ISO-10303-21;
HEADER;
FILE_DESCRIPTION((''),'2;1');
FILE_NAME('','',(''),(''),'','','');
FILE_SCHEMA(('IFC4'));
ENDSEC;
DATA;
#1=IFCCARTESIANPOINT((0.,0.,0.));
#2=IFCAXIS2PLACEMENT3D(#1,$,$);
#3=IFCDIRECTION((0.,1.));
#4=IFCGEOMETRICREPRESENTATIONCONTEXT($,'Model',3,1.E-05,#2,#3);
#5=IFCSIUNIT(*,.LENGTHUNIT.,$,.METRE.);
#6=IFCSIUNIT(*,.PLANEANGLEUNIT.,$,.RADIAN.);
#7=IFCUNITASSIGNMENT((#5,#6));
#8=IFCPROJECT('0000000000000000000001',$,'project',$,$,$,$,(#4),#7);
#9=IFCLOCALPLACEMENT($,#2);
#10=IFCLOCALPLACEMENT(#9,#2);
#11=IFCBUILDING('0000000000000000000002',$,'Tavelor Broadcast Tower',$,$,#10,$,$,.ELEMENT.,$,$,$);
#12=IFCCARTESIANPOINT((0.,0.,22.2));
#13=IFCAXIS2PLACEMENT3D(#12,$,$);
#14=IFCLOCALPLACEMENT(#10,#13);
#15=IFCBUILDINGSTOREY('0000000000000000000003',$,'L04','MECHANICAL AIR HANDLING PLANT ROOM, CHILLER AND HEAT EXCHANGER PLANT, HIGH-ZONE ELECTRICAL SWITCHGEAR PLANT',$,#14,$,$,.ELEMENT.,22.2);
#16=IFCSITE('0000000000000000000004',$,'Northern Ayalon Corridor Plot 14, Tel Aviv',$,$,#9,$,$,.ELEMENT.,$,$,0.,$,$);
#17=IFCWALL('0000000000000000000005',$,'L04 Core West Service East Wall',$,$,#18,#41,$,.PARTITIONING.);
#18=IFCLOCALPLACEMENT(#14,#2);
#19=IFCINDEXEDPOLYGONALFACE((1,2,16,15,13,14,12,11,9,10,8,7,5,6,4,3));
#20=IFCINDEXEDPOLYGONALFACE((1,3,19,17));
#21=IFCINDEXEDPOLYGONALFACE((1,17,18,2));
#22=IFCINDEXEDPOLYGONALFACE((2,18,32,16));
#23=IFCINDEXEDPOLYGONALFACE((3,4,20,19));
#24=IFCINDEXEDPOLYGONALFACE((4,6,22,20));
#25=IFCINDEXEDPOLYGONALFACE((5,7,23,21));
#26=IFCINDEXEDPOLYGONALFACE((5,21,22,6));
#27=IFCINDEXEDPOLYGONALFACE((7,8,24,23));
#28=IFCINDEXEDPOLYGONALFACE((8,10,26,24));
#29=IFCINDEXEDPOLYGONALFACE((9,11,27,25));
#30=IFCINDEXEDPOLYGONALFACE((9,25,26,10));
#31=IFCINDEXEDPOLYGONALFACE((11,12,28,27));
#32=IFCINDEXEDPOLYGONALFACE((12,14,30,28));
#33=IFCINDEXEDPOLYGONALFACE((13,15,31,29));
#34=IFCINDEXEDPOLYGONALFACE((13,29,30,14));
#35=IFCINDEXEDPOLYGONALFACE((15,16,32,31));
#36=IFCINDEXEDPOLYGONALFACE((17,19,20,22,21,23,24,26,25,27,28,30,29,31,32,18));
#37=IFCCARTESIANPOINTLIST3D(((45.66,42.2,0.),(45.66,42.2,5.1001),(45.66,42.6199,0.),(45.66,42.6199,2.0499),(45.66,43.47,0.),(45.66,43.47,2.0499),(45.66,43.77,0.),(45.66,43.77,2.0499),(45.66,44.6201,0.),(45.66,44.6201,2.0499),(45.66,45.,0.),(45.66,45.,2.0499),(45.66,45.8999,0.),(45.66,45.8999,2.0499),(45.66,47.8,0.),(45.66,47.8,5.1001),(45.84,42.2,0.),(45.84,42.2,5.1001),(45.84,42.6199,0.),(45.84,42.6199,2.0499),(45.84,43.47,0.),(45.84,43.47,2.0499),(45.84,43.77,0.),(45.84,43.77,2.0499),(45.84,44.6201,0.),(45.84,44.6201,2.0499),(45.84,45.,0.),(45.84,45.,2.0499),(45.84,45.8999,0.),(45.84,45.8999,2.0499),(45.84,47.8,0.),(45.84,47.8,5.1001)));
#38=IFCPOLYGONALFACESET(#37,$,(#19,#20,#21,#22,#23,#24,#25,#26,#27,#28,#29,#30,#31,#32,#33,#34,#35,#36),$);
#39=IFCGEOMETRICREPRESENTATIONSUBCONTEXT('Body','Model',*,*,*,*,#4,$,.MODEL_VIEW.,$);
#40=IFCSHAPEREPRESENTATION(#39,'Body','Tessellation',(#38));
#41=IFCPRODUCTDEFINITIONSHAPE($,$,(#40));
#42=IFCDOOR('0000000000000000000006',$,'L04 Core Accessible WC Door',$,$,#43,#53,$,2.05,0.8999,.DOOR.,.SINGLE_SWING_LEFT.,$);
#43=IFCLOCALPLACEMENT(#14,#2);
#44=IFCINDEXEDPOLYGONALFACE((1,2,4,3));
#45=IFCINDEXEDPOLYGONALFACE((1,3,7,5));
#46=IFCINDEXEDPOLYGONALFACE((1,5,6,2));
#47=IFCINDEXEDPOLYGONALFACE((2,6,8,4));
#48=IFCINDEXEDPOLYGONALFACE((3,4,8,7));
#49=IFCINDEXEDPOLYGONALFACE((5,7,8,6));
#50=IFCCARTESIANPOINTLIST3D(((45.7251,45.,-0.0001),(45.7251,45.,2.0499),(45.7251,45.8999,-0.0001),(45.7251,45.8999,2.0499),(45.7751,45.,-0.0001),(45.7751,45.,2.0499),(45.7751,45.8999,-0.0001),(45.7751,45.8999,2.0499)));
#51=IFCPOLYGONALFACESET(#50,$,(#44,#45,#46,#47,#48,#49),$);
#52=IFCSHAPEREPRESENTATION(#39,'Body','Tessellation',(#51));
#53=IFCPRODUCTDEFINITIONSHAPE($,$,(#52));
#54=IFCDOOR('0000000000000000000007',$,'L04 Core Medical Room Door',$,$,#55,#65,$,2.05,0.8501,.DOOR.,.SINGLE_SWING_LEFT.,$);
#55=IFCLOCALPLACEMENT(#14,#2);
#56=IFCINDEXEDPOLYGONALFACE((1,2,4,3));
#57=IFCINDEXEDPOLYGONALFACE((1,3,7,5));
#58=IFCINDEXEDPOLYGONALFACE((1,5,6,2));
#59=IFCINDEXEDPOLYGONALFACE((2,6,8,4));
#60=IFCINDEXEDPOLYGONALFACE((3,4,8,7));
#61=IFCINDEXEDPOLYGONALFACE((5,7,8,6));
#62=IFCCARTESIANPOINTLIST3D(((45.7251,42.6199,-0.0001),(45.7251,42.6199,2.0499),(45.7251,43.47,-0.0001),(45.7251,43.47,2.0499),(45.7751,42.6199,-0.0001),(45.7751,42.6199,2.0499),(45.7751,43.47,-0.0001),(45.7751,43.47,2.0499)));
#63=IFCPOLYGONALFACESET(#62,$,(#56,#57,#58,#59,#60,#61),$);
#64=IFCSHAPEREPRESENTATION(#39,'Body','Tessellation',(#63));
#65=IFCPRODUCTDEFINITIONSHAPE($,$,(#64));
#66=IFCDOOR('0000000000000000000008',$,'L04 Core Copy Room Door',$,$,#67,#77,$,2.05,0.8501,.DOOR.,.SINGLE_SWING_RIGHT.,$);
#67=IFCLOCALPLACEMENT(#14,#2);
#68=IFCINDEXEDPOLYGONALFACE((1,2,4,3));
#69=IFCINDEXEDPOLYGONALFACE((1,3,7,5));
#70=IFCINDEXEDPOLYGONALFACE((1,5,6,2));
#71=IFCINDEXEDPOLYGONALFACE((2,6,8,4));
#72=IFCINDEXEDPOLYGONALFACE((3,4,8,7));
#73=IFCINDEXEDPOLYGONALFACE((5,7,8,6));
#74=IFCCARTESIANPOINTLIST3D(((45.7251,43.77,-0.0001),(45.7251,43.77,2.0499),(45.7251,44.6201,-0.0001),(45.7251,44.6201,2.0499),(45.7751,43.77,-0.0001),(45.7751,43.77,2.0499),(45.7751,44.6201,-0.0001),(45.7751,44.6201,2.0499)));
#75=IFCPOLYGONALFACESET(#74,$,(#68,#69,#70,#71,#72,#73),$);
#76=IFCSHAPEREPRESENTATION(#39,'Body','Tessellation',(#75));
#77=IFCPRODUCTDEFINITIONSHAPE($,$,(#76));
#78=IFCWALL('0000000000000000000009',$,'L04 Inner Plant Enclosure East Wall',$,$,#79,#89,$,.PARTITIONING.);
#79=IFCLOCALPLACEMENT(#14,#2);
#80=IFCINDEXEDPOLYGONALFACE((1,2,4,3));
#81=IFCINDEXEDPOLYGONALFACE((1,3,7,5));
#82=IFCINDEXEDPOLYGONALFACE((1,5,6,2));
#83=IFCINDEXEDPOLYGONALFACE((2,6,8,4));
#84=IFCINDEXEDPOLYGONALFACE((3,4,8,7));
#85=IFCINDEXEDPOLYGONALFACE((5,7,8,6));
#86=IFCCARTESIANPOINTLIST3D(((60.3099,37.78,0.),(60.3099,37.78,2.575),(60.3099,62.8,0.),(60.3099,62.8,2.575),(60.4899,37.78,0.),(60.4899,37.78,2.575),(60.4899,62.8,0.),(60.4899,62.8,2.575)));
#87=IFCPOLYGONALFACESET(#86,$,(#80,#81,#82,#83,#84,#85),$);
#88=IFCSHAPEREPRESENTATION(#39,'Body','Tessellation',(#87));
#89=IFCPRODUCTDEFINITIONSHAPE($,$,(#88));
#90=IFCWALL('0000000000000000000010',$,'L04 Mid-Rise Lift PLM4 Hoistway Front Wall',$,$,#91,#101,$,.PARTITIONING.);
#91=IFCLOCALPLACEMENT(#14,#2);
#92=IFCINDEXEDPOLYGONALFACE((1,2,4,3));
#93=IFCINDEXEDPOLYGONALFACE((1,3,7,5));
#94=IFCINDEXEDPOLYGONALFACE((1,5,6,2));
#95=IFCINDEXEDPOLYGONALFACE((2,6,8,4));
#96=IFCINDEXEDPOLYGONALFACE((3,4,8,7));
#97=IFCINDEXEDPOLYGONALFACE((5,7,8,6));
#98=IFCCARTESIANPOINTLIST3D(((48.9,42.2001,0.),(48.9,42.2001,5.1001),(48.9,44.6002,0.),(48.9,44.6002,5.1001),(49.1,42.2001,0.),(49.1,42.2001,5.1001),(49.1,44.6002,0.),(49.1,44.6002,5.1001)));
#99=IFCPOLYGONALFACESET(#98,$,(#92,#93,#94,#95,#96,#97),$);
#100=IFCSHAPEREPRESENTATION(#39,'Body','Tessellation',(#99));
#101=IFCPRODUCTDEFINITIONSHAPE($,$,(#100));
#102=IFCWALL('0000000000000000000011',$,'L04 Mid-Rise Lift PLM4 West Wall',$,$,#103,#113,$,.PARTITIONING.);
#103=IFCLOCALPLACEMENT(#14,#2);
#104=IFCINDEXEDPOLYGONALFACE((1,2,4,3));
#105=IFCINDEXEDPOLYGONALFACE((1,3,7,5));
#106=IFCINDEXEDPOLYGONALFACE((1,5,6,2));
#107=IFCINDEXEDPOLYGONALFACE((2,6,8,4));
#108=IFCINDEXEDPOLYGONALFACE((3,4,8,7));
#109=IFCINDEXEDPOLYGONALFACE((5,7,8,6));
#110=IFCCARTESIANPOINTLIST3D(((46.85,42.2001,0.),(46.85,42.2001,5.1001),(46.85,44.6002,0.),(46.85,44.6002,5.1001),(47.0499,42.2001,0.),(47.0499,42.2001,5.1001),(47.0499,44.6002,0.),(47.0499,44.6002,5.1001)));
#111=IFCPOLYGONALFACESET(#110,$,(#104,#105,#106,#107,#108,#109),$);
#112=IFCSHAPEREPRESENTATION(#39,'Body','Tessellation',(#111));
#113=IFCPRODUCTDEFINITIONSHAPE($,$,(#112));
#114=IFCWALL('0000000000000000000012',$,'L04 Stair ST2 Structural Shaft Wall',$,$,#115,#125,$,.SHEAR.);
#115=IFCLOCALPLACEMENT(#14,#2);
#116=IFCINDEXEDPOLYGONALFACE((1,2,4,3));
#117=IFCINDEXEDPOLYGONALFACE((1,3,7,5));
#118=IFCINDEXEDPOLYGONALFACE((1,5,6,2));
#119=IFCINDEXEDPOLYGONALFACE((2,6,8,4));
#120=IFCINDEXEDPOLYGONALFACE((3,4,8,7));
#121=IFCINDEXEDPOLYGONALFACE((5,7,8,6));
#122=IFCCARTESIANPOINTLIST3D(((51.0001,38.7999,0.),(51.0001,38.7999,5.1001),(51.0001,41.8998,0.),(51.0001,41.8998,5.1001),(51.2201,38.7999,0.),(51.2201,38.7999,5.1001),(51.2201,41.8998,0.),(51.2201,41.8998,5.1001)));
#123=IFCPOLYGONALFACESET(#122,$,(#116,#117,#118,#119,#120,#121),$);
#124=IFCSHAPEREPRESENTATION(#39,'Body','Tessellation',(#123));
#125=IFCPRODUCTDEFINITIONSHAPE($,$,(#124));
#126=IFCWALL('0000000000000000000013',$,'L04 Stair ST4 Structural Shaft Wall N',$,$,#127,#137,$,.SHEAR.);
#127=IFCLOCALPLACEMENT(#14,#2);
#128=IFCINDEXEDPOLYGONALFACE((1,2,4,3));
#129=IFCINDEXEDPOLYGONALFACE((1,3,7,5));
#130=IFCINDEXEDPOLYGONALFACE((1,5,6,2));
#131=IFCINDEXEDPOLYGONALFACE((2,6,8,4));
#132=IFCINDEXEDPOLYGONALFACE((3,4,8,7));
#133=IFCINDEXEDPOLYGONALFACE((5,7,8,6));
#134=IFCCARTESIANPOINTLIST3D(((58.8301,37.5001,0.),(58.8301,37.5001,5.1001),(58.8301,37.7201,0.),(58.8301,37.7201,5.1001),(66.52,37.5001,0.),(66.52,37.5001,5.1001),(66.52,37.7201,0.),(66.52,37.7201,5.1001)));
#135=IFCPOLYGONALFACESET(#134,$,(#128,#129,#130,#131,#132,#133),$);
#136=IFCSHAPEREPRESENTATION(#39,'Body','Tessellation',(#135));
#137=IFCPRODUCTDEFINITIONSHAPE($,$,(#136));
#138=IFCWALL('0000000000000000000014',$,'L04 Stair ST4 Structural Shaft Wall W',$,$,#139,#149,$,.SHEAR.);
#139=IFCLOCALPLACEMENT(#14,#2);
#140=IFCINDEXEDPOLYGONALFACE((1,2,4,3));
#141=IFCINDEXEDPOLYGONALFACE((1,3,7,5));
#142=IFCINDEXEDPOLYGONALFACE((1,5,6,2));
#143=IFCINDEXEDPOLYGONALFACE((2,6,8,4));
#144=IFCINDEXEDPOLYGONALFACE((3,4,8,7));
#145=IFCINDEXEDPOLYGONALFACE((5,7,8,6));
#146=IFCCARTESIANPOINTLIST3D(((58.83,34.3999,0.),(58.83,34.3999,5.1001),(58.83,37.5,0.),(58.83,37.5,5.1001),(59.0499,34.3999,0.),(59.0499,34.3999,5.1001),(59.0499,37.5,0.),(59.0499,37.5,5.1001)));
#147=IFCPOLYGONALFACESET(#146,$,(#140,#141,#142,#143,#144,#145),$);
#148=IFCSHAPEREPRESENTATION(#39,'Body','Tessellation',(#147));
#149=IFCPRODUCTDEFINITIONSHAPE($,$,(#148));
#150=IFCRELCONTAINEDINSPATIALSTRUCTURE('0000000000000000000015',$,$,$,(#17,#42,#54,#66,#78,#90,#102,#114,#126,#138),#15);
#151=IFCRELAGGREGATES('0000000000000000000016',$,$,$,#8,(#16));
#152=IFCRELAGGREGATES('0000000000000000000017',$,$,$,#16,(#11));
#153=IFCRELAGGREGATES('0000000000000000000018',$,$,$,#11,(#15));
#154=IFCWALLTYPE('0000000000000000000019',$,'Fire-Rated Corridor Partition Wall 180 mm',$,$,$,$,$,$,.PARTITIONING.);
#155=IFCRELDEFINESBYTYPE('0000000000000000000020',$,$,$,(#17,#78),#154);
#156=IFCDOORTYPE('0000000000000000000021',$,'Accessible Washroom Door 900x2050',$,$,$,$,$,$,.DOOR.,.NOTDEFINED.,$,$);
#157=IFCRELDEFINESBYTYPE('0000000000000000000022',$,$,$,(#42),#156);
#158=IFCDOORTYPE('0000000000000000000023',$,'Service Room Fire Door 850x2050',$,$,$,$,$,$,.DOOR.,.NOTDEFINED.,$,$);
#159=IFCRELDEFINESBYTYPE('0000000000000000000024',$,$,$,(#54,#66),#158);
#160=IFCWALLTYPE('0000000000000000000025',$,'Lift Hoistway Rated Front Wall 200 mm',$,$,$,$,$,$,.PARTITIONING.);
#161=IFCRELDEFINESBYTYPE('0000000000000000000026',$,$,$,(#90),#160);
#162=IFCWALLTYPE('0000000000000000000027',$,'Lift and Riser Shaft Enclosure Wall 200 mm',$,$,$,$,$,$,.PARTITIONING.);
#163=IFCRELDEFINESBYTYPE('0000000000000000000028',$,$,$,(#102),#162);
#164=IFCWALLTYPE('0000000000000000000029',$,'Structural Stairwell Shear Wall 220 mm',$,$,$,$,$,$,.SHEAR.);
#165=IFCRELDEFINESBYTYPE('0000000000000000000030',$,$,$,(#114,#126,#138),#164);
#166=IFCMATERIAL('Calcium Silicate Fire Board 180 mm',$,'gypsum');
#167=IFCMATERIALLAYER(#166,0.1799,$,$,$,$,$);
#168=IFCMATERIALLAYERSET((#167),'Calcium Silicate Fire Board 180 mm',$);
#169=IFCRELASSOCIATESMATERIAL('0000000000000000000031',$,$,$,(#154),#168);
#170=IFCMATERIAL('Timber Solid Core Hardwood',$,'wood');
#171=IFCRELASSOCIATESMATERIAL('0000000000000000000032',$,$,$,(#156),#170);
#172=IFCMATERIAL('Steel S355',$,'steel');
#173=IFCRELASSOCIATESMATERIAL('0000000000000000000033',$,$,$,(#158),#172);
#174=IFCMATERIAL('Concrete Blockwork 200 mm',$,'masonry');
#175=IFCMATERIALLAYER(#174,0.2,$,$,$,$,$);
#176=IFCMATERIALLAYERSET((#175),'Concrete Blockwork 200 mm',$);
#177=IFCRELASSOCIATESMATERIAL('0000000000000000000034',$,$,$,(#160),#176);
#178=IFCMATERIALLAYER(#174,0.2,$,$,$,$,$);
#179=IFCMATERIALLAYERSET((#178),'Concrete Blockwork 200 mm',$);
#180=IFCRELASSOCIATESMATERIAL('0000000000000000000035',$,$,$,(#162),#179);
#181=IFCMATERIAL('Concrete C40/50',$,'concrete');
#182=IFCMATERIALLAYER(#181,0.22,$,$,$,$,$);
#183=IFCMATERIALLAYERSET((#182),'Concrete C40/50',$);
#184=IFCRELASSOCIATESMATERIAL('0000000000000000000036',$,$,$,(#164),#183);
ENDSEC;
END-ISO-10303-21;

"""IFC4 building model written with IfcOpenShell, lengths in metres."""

from ifc_helpers import new_model, si_unit, direction, frame, frame_2d, origin, place, context, subcontext, project, spatial, rectangle, extrude, material, layer, layer_set, type_object, element, fill, save


model = new_model("IFC4")

# Units and contexts
model_context = context("Model", 3, precision=1e-05, world=origin(), true_north=direction((0.0, 1.0)))
body_context = subcontext(model_context, "Body", "Model", "MODEL_VIEW")
ifc_project = project(units=[si_unit("LENGTHUNIT", "METRE"), si_unit("PLANEANGLEUNIT", "RADIAN")], contexts=[model_context])

# Site, building, storey
site_placement = place(None, origin())
site = spatial("IfcSite", under=ifc_project, at=site_placement, Name="Northern Ayalon Corridor Plot 14, Tel Aviv", CompositionType="ELEMENT", RefElevation=0.0)
building_placement = place(site_placement, origin())
building = spatial("IfcBuilding", under=site, at=building_placement, Name="Tavelor Broadcast Tower", CompositionType="ELEMENT")
storey_placement = place(building_placement, frame((0.0, 0.0, 22.2)))
storey = spatial("IfcBuildingStorey", under=building, at=storey_placement, Name="L04", Description="MECHANICAL AIR HANDLING PLANT ROOM, CHILLER AND HEAT EXCHANGER PLANT, HIGH-ZONE ELECTRICAL SWITCHGEAR PLANT", CompositionType="ELEMENT", Elevation=22.2)

# Shared definitions
ifc_material_1 = material(Name="Concrete C40/50", Category="concrete")
ifc_material_2 = material(Name="Steel S355", Category="steel")

# Wall, openings, doors
ifc_material_3 = material(Name="Calcium Silicate Fire Board 180 mm", Category="gypsum")
ifc_layer_1 = layer(ifc_material_3, 0.1799)
ifc_layer_set_1 = layer_set([ifc_layer_1], Name="Calcium Silicate Fire Board 180 mm")
wall_type_1 = type_object("IfcWallType", Name="Fire-Rated Corridor Partition Wall 180 mm", PredefinedType="PARTITIONING", material=ifc_layer_set_1)
wall_1_placement = place(storey_placement, frame((45.75, 42.2, 0.0), z_axis=(0.0, 0.0, 1.0), x_axis=(0.0, 1.0, 0.0)))
wall_1 = element("IfcWall", 1, at=wall_1_placement, inside=storey, type_object=wall_type_1, Name="L04 Core West Service East Wall", PredefinedType="PARTITIONING", context=body_context, shape_type="SweptSolid", body=[
    extrude(rectangle(XDim=5.6001, YDim=0.1799, at=frame_2d((2.8, 0.0))), origin(), (0.0, 0.0, 1.0), 5.1001),
])
opening_1_placement = place(wall_1_placement, frame((0.4199, 0.0, 0.0)))
opening_1 = element("IfcOpeningElement", 2, at=opening_1_placement, cuts=wall_1, PredefinedType="OPENING", context=body_context, shape_type="SweptSolid", body=[
    extrude(rectangle(XDim=0.8501, YDim=2.05, at=frame_2d((0.425, 1.0249))), frame((0.0, 0.1001, 0.0), z_axis=(0.0, -1.0, 0.0), x_axis=(1.0, 0.0, 0.0)), (0.0, 0.0, 1.0), 0.2),
])
opening_2_placement = place(wall_1_placement, frame((1.5701, 0.0, 0.0)))
opening_2 = element("IfcOpeningElement", 3, at=opening_2_placement, cuts=wall_1, PredefinedType="OPENING", context=body_context, shape_type="SweptSolid", body=[
    extrude(rectangle(XDim=0.8501, YDim=2.05, at=frame_2d((0.425, 1.0249))), frame((0.0, 0.1001, 0.0), z_axis=(0.0, -1.0, 0.0), x_axis=(1.0, 0.0, 0.0)), (0.0, 0.0, 1.0), 0.2),
])
opening_3_placement = place(wall_1_placement, frame((2.8, 0.0, 0.0)))
opening_3 = element("IfcOpeningElement", 4, at=opening_3_placement, cuts=wall_1, PredefinedType="OPENING", context=body_context, shape_type="SweptSolid", body=[
    extrude(rectangle(XDim=0.8999, YDim=2.05, at=frame_2d((0.45, 1.0249))), frame((0.0, 0.1001, 0.0), z_axis=(0.0, -1.0, 0.0), x_axis=(1.0, 0.0, 0.0)), (0.0, 0.0, 1.0), 0.2),
])
ifc_material_4 = material(Name="Timber Solid Core Hardwood", Category="wood")
door_type_1 = type_object("IfcDoorType", Name="Accessible Washroom Door 900x2050", OperationType="NOTDEFINED", PredefinedType="DOOR", material=ifc_material_4)
door_1_placement = place(opening_3_placement, origin())
door_1 = element("IfcDoor", 5, at=door_1_placement, inside=storey, type_object=door_type_1, Name="L04 Core Accessible WC Door", OperationType="SINGLE_SWING_LEFT", OverallHeight=2.05, OverallWidth=0.8999, PredefinedType="DOOR", context=body_context, shape_type="SweptSolid", body=[
    extrude(rectangle(XDim=0.8999, YDim=2.05, at=frame_2d((0.45, 1.0249))), frame((0.0, 0.0249, 0.0), z_axis=(0.0, -1.0, 0.0), x_axis=(1.0, 0.0, 0.0)), (0.0, 0.0, 1.0), 0.05),
])
fill(opening_3, door_1)
door_type_2 = type_object("IfcDoorType", Name="Service Room Fire Door 850x2050", OperationType="NOTDEFINED", PredefinedType="DOOR", material=ifc_material_2)
door_2_placement = place(opening_1_placement, origin())
door_2 = element("IfcDoor", 6, at=door_2_placement, inside=storey, type_object=door_type_2, Name="L04 Core Medical Room Door", OperationType="SINGLE_SWING_LEFT", OverallHeight=2.05, OverallWidth=0.8501, PredefinedType="DOOR", context=body_context, shape_type="SweptSolid", body=[
    extrude(rectangle(XDim=0.8501, YDim=2.05, at=frame_2d((0.425, 1.0249))), frame((0.0, 0.0249, 0.0), z_axis=(0.0, -1.0, 0.0), x_axis=(1.0, 0.0, 0.0)), (0.0, 0.0, 1.0), 0.05),
])
fill(opening_1, door_2)
door_3_placement = place(opening_2_placement, origin())
door_3 = element("IfcDoor", 7, at=door_3_placement, inside=storey, type_object=door_type_2, Name="L04 Core Copy Room Door", OperationType="SINGLE_SWING_RIGHT", OverallHeight=2.05, OverallWidth=0.8501, PredefinedType="DOOR", context=body_context, shape_type="SweptSolid", body=[
    extrude(rectangle(XDim=0.8501, YDim=2.05, at=frame_2d((0.425, 1.0249))), frame((0.0, 0.0249, 0.0), z_axis=(0.0, -1.0, 0.0), x_axis=(1.0, 0.0, 0.0)), (0.0, 0.0, 1.0), 0.05),
])
fill(opening_2, door_3)

# Walls
wall_2_placement = place(storey_placement, frame((60.3999, 37.78, 0.0), z_axis=(0.0, 0.0, 1.0), x_axis=(0.0, 1.0, 0.0)))
element("IfcWall", 8, at=wall_2_placement, inside=storey, type_object=wall_type_1, Name="L04 Inner Plant Enclosure East Wall", PredefinedType="PARTITIONING", context=body_context, shape_type="SweptSolid", body=[
    extrude(rectangle(XDim=25.02, YDim=0.1799, at=frame_2d((12.51, 0.0))), origin(), (0.0, 0.0, 1.0), 2.575),
])
ifc_material_5 = material(Name="Concrete Blockwork 200 mm", Category="masonry")
ifc_layer_2 = layer(ifc_material_5, 0.2)
ifc_layer_set_2 = layer_set([ifc_layer_2], Name="Concrete Blockwork 200 mm")
wall_type_2 = type_object("IfcWallType", Name="Lift Hoistway Rated Front Wall 200 mm", PredefinedType="PARTITIONING", material=ifc_layer_set_2)
wall_3_placement = place(storey_placement, frame((49.0, 42.2, 0.0), z_axis=(0.0, 0.0, 1.0), x_axis=(0.0, 1.0, 0.0)))
element("IfcWall", 9, at=wall_3_placement, inside=storey, type_object=wall_type_2, Name="L04 Mid-Rise Lift PLM4 Hoistway Front Wall", PredefinedType="PARTITIONING", context=body_context, shape_type="SweptSolid", body=[
    extrude(rectangle(XDim=2.4001, YDim=0.2, at=frame_2d((1.2002, 0.0))), origin(), (0.0, 0.0, 1.0), 5.1001),
])
ifc_layer_3 = layer(ifc_material_5, 0.2)
ifc_layer_set_3 = layer_set([ifc_layer_3], Name="Concrete Blockwork 200 mm")
wall_type_3 = type_object("IfcWallType", Name="Lift and Riser Shaft Enclosure Wall 200 mm", PredefinedType="PARTITIONING", material=ifc_layer_set_3)
wall_4_placement = place(storey_placement, frame((46.95, 42.2, 0.0), z_axis=(0.0, 0.0, 1.0), x_axis=(0.0, 1.0, 0.0)))
element("IfcWall", 10, at=wall_4_placement, inside=storey, type_object=wall_type_3, Name="L04 Mid-Rise Lift PLM4 West Wall", PredefinedType="PARTITIONING", context=body_context, shape_type="SweptSolid", body=[
    extrude(rectangle(XDim=2.4001, YDim=0.2, at=frame_2d((1.2002, 0.0))), origin(), (0.0, 0.0, 1.0), 5.1001),
])
ifc_layer_4 = layer(ifc_material_1, 0.22)
ifc_layer_set_4 = layer_set([ifc_layer_4], Name="Concrete C40/50")
wall_type_4 = type_object("IfcWallType", Name="Structural Stairwell Shear Wall 220 mm", PredefinedType="SHEAR", material=ifc_layer_set_4)
wall_5_placement = place(storey_placement, frame((51.1101, 38.8, 0.0), z_axis=(0.0, 0.0, 1.0), x_axis=(0.0, 1.0, 0.0)))
element("IfcWall", 11, at=wall_5_placement, inside=storey, type_object=wall_type_4, Name="L04 Stair ST2 Structural Shaft Wall", PredefinedType="SHEAR", context=body_context, shape_type="SweptSolid", body=[
    extrude(rectangle(XDim=3.0999, YDim=0.22, at=frame_2d((1.5498, 0.0))), origin(), (0.0, 0.0, 1.0), 5.1001),
])
wall_6_placement = place(storey_placement, frame((58.8301, 37.6101, 0.0), z_axis=(0.0, 0.0, 1.0), x_axis=(1.0, 0.0, 0.0)))
element("IfcWall", 12, at=wall_6_placement, inside=storey, type_object=wall_type_4, Name="L04 Stair ST4 Structural Shaft Wall N", PredefinedType="SHEAR", context=body_context, shape_type="SweptSolid", body=[
    extrude(rectangle(XDim=7.6899, YDim=0.22, at=frame_2d((3.845, 0.0))), origin(), (0.0, 0.0, 1.0), 5.1001),
])
wall_7_placement = place(storey_placement, frame((58.9399, 34.3999, 0.0), z_axis=(0.0, 0.0, 1.0), x_axis=(0.0, 1.0, 0.0)))
element("IfcWall", 13, at=wall_7_placement, inside=storey, type_object=wall_type_4, Name="L04 Stair ST4 Structural Shaft Wall W", PredefinedType="SHEAR", context=body_context, shape_type="SweptSolid", body=[
    extrude(rectangle(XDim=3.1001, YDim=0.22, at=frame_2d((1.55, 0.0))), origin(), (0.0, 0.0, 1.0), 5.1001),
])

save(model, "model.ifc")
